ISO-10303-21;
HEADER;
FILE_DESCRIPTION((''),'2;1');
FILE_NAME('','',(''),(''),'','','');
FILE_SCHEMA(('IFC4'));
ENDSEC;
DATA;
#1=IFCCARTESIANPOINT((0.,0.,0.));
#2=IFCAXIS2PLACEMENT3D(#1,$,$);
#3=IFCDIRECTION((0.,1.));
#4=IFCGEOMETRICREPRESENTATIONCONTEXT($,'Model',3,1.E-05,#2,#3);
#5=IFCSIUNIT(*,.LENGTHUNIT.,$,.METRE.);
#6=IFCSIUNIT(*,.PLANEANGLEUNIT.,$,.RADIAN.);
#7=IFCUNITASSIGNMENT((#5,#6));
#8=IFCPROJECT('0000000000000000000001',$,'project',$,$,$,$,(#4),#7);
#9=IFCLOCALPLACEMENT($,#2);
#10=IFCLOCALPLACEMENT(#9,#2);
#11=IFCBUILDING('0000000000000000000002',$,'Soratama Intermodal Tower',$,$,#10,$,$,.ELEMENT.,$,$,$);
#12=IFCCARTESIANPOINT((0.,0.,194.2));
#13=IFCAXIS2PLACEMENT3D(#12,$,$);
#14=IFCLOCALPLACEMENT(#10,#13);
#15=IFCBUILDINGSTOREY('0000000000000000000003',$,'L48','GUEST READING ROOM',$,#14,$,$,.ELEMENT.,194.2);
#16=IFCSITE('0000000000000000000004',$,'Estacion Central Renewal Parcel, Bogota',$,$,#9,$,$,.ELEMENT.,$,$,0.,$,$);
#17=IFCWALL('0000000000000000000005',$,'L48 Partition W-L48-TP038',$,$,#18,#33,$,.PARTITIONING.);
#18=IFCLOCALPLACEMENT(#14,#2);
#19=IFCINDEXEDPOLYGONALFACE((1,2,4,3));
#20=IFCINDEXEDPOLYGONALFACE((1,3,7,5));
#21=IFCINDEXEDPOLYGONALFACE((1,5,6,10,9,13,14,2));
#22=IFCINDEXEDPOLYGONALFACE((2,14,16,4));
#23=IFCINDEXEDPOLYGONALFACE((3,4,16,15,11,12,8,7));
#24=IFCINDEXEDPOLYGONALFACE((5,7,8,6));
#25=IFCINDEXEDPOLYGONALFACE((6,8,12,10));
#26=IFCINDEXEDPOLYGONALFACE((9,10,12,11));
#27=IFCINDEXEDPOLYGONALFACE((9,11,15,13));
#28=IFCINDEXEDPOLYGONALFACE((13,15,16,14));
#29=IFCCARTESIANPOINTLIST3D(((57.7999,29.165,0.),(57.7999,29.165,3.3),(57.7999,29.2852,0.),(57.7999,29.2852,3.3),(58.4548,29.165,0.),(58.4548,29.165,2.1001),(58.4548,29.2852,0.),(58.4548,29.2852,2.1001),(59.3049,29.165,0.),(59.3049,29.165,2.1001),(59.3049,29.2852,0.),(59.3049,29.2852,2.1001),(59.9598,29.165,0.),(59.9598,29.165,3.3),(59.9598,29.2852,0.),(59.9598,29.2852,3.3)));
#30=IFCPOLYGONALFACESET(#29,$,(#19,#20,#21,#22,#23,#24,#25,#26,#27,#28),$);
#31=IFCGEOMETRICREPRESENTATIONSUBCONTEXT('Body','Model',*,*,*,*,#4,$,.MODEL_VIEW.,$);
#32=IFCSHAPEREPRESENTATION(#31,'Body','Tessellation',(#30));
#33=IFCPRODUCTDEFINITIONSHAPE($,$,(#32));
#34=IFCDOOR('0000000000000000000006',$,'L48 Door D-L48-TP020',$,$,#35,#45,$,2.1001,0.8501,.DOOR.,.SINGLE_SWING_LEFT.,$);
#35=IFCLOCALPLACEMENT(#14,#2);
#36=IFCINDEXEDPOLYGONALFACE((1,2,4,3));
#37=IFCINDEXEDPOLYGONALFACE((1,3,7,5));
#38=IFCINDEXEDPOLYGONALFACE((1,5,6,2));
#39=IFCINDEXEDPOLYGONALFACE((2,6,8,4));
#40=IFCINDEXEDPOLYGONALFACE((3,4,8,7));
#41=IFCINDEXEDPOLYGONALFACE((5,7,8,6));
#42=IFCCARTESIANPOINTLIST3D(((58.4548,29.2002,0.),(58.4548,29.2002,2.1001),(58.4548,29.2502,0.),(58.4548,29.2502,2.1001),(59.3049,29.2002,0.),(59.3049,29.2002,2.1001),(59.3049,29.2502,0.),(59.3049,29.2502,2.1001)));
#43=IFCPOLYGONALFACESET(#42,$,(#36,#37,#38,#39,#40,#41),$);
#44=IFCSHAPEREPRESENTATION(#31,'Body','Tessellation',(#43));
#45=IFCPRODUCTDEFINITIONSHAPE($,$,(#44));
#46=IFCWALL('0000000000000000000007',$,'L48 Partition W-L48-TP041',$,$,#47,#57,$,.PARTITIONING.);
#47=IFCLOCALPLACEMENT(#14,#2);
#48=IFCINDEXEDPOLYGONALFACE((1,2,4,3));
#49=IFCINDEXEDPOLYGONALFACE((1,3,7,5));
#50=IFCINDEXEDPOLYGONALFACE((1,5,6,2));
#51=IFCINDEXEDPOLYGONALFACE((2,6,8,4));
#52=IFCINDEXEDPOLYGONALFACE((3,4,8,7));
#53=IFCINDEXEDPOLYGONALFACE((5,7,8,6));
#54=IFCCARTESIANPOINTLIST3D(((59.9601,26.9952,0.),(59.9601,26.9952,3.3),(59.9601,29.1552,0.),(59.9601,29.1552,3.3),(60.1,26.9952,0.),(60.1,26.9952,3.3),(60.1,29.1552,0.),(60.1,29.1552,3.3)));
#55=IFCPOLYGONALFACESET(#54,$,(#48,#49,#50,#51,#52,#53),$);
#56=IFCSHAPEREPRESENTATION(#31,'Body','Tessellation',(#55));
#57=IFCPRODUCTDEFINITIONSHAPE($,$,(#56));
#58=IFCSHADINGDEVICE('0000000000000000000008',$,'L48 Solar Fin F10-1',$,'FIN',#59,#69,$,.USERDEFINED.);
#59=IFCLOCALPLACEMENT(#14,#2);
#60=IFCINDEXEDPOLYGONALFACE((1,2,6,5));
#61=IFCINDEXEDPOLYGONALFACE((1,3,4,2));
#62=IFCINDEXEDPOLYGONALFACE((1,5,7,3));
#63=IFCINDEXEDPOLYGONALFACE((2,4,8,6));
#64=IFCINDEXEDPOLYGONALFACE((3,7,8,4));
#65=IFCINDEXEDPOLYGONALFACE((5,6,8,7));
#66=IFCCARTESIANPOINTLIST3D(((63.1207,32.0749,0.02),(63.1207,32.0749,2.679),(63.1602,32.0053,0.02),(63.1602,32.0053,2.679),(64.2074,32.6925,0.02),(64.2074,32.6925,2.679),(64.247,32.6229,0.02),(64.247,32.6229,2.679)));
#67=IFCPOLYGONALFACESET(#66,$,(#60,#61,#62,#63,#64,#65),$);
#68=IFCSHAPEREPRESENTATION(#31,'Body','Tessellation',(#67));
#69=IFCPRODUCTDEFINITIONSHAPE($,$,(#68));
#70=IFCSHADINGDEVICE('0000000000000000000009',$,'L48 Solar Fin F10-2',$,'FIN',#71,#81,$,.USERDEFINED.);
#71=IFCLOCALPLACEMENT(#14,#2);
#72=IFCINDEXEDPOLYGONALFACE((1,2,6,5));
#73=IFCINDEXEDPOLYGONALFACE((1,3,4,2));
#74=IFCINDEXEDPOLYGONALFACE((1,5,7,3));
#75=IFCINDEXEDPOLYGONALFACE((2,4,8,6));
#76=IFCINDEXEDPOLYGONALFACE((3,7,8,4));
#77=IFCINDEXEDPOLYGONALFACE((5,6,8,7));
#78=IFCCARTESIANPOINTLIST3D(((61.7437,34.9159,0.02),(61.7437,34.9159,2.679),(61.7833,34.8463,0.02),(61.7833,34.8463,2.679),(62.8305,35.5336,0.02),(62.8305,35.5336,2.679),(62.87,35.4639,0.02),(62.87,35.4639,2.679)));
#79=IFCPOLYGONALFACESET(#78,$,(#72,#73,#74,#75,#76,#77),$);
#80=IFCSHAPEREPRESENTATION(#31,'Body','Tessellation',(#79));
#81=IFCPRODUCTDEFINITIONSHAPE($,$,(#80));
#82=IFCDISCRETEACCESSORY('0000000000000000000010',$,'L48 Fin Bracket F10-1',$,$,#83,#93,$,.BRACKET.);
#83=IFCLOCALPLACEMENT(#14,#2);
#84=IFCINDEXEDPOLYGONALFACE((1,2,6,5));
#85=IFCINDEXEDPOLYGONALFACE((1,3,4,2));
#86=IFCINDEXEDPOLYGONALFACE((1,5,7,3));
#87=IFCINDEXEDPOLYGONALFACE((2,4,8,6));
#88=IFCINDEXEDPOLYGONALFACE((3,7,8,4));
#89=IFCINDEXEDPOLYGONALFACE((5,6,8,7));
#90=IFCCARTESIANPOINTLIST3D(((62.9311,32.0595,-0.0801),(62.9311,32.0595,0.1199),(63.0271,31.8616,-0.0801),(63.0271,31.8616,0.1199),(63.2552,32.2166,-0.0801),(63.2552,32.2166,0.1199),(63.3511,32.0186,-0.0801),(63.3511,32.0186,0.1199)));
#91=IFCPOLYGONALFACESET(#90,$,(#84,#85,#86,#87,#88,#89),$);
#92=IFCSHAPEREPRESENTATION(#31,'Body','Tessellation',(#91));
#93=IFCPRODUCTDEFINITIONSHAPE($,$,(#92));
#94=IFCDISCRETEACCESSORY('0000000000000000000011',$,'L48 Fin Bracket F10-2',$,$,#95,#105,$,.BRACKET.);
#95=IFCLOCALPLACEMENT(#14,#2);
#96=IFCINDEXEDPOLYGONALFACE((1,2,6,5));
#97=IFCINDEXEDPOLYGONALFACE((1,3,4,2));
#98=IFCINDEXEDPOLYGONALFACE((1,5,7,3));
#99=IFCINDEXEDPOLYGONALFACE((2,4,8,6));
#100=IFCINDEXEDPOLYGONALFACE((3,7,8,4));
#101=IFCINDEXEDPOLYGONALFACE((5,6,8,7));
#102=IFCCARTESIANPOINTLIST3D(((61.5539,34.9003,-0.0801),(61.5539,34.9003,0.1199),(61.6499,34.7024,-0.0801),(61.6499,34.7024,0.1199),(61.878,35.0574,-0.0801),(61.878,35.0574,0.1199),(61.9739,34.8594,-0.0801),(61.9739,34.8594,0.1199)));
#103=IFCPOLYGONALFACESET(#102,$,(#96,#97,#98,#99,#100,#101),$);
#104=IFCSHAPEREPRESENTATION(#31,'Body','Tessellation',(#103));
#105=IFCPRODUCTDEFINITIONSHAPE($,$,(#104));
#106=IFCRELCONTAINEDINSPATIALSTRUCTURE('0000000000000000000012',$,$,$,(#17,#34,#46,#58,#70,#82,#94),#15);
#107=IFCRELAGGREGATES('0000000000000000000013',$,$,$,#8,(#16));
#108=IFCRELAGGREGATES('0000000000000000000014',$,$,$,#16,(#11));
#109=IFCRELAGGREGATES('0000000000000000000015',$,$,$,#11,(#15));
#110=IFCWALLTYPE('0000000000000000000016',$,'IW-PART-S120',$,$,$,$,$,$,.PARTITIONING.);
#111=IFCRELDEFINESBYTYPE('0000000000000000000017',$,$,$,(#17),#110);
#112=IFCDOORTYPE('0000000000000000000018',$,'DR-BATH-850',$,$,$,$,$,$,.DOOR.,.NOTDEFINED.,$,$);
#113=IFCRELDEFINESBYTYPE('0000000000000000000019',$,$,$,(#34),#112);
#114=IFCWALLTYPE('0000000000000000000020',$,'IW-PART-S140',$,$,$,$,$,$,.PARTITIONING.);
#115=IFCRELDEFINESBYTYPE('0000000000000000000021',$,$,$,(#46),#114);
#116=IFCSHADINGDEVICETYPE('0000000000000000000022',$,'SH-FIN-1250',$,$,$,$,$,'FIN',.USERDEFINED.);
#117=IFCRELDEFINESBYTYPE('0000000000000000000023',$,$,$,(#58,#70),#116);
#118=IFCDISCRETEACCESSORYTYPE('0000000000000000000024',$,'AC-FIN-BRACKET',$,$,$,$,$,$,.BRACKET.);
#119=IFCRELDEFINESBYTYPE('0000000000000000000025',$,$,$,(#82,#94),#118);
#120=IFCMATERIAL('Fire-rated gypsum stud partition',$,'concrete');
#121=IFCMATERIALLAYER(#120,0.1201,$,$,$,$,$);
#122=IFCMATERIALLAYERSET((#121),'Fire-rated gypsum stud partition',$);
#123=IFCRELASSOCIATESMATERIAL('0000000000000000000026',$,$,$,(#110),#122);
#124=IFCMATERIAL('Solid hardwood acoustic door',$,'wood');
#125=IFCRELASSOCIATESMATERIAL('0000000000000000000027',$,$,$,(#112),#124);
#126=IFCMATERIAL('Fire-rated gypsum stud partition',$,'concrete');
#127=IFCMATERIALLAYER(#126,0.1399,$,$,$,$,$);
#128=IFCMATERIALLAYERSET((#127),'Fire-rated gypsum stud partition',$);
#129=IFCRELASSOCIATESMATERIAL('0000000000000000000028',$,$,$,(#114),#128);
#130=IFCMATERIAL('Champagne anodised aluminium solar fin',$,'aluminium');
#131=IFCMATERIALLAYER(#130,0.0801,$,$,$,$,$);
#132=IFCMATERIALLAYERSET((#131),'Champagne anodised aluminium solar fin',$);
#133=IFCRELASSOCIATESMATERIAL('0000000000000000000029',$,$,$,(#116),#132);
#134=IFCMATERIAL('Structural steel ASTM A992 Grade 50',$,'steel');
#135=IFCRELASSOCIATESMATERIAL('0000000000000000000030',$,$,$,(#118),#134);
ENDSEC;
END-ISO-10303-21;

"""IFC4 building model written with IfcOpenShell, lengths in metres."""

from ifc_helpers import new_model, si_unit, direction, frame, frame_2d, origin, origin_2d, place, context, subcontext, project, spatial, rectangle, extrude, material, layer, layer_set, type_object, element, fill, save


model = new_model("IFC4")

# Units and contexts
model_context = context("Model", 3, precision=1e-05, world=origin(), true_north=direction((0.0, 1.0)))
body_context = subcontext(model_context, "Body", "Model", "MODEL_VIEW")
ifc_project = project(units=[si_unit("LENGTHUNIT", "METRE"), si_unit("PLANEANGLEUNIT", "RADIAN")], contexts=[model_context])

# Site, building, storey
site_placement = place(None, origin())
site = spatial("IfcSite", under=ifc_project, at=site_placement, Name="Estacion Central Renewal Parcel, Bogota", CompositionType="ELEMENT", RefElevation=0.0)
building_placement = place(site_placement, origin())
building = spatial("IfcBuilding", under=site, at=building_placement, Name="Soratama Intermodal Tower", CompositionType="ELEMENT")
storey_placement = place(building_placement, frame((0.0, 0.0, 194.2)))
storey = spatial("IfcBuildingStorey", under=building, at=storey_placement, Name="L48", Description="GUEST READING ROOM", CompositionType="ELEMENT", Elevation=194.2)

# Wall, opening, door
ifc_material_1 = material(Name="Fire-rated gypsum stud partition", Category="concrete")
ifc_layer_1 = layer(ifc_material_1, 0.1201)
ifc_layer_set_1 = layer_set([ifc_layer_1], Name="Fire-rated gypsum stud partition")
wall_type_1 = type_object("IfcWallType", Name="IW-PART-S120", PredefinedType="PARTITIONING", material=ifc_layer_set_1)
wall_1_placement = place(storey_placement, frame((59.96, 29.2251, 0.0), z_axis=(0.0, 0.0, 1.0), x_axis=(-1.0, 0.0, 0.0)))
wall_1 = element("IfcWall", 1, at=wall_1_placement, inside=storey, type_object=wall_type_1, Name="L48 Partition W-L48-TP038", PredefinedType="PARTITIONING", context=body_context, shape_type="SweptSolid", body=[
    extrude(rectangle(XDim=2.1599, YDim=0.1201, at=frame_2d((1.0801, 0.0))), origin(), (0.0, 0.0, 1.0), 3.3),
])
opening_placement = place(wall_1_placement, frame((0.655, 0.0, 0.0)))
opening = element("IfcOpeningElement", 2, at=opening_placement, cuts=wall_1, PredefinedType="OPENING", context=body_context, shape_type="SweptSolid", body=[
    extrude(rectangle(XDim=0.8501, YDim=2.1001, at=frame_2d((0.425, 1.05))), frame((0.0, 0.0701, 0.0), z_axis=(0.0, -1.0, 0.0), x_axis=(1.0, 0.0, 0.0)), (0.0, 0.0, 1.0), 0.1401),
])
ifc_material_2 = material(Name="Solid hardwood acoustic door", Category="wood")
door_type = type_object("IfcDoorType", Name="DR-BATH-850", OperationType="NOTDEFINED", PredefinedType="DOOR", material=ifc_material_2)
door_placement = place(opening_placement, origin())
door = element("IfcDoor", 3, at=door_placement, inside=storey, type_object=door_type, Name="L48 Door D-L48-TP020", OperationType="SINGLE_SWING_LEFT", OverallHeight=2.1001, OverallWidth=0.8501, PredefinedType="DOOR", context=body_context, shape_type="SweptSolid", body=[
    extrude(rectangle(XDim=0.8501, YDim=2.1001, at=frame_2d((0.425, 1.05))), frame((0.0, 0.0249, 0.0), z_axis=(0.0, -1.0, 0.0), x_axis=(1.0, 0.0, 0.0)), (0.0, 0.0, 1.0), 0.05),
])
fill(opening, door)

# Wall
ifc_material_3 = material(Name="Fire-rated gypsum stud partition", Category="concrete")
ifc_layer_2 = layer(ifc_material_3, 0.1399)
ifc_layer_set_2 = layer_set([ifc_layer_2], Name="Fire-rated gypsum stud partition")
wall_type_2 = type_object("IfcWallType", Name="IW-PART-S140", PredefinedType="PARTITIONING", material=ifc_layer_set_2)
wall_2_placement = place(storey_placement, frame((60.03, 26.9951, 0.0), z_axis=(0.0, 0.0, 1.0), x_axis=(0.0, 1.0, 0.0)))
element("IfcWall", 4, at=wall_2_placement, inside=storey, type_object=wall_type_2, Name="L48 Partition W-L48-TP041", PredefinedType="PARTITIONING", context=body_context, shape_type="SweptSolid", body=[
    extrude(rectangle(XDim=2.1599, YDim=0.1399, at=frame_2d((1.0801, 0.0))), origin(), (0.0, 0.0, 1.0), 3.3),
])

# Shading devices
ifc_material_4 = material(Name="Champagne anodised aluminium solar fin", Category="aluminium")
ifc_layer_3 = layer(ifc_material_4, 0.0801)
ifc_layer_set_3 = layer_set([ifc_layer_3], Name="Champagne anodised aluminium solar fin")
shading_device_type = type_object("IfcShadingDeviceType", Name="SH-FIN-1250", ElementType="FIN", PredefinedType="USERDEFINED", material=ifc_layer_set_3)
for number, where, z_axis, x_axis, name in (
    (5, (63.6838, 32.3489, 0.02), (0.0, 0.0, 1.0), (0.869409, 0.494094, 0.0), "L48 Solar Fin F10-1"),
    (6, (62.3069, 35.1899, 0.02), (0.0, 0.0, 1.0), (0.869409, 0.494094, 0.0), "L48 Solar Fin F10-2"),
):
    element("IfcShadingDevice", number, at=place(storey_placement, frame(where, z_axis=z_axis, x_axis=x_axis)), inside=storey, type_object=shading_device_type, Name=name, ObjectType="FIN", PredefinedType="USERDEFINED", context=body_context, shape_type="SweptSolid", body=[
        extrude(rectangle(XDim=1.25, YDim=0.0801, at=origin_2d()), origin(), (0.0, 0.0, 1.0), 2.6589),
    ])

# Discrete accessories
ifc_material_5 = material(Name="Structural steel ASTM A992 Grade 50", Category="steel")
discrete_accessory_type = type_object("IfcDiscreteAccessoryType", Name="AC-FIN-BRACKET", PredefinedType="BRACKET", material=ifc_material_5)
for number, where, z_axis, x_axis, name in (
    (7, (63.1411, 32.0391, -0.0801), (0.0, 0.0, 1.0), (0.899863, 0.436174, 0.0), "L48 Fin Bracket F10-1"),
    (8, (61.7639, 34.8799, -0.0801), (0.0, 0.0, 1.0), (0.899863, 0.436174, 0.0), "L48 Fin Bracket F10-2"),
):
    element("IfcDiscreteAccessory", number, at=place(storey_placement, frame(where, z_axis=z_axis, x_axis=x_axis)), inside=storey, type_object=discrete_accessory_type, Name=name, PredefinedType="BRACKET", context=body_context, shape_type="SweptSolid", body=[
        extrude(rectangle(XDim=0.3601, YDim=0.22, at=origin_2d()), origin(), (0.0, 0.0, 1.0), 0.2),
    ])

save(model, "model.ifc")
